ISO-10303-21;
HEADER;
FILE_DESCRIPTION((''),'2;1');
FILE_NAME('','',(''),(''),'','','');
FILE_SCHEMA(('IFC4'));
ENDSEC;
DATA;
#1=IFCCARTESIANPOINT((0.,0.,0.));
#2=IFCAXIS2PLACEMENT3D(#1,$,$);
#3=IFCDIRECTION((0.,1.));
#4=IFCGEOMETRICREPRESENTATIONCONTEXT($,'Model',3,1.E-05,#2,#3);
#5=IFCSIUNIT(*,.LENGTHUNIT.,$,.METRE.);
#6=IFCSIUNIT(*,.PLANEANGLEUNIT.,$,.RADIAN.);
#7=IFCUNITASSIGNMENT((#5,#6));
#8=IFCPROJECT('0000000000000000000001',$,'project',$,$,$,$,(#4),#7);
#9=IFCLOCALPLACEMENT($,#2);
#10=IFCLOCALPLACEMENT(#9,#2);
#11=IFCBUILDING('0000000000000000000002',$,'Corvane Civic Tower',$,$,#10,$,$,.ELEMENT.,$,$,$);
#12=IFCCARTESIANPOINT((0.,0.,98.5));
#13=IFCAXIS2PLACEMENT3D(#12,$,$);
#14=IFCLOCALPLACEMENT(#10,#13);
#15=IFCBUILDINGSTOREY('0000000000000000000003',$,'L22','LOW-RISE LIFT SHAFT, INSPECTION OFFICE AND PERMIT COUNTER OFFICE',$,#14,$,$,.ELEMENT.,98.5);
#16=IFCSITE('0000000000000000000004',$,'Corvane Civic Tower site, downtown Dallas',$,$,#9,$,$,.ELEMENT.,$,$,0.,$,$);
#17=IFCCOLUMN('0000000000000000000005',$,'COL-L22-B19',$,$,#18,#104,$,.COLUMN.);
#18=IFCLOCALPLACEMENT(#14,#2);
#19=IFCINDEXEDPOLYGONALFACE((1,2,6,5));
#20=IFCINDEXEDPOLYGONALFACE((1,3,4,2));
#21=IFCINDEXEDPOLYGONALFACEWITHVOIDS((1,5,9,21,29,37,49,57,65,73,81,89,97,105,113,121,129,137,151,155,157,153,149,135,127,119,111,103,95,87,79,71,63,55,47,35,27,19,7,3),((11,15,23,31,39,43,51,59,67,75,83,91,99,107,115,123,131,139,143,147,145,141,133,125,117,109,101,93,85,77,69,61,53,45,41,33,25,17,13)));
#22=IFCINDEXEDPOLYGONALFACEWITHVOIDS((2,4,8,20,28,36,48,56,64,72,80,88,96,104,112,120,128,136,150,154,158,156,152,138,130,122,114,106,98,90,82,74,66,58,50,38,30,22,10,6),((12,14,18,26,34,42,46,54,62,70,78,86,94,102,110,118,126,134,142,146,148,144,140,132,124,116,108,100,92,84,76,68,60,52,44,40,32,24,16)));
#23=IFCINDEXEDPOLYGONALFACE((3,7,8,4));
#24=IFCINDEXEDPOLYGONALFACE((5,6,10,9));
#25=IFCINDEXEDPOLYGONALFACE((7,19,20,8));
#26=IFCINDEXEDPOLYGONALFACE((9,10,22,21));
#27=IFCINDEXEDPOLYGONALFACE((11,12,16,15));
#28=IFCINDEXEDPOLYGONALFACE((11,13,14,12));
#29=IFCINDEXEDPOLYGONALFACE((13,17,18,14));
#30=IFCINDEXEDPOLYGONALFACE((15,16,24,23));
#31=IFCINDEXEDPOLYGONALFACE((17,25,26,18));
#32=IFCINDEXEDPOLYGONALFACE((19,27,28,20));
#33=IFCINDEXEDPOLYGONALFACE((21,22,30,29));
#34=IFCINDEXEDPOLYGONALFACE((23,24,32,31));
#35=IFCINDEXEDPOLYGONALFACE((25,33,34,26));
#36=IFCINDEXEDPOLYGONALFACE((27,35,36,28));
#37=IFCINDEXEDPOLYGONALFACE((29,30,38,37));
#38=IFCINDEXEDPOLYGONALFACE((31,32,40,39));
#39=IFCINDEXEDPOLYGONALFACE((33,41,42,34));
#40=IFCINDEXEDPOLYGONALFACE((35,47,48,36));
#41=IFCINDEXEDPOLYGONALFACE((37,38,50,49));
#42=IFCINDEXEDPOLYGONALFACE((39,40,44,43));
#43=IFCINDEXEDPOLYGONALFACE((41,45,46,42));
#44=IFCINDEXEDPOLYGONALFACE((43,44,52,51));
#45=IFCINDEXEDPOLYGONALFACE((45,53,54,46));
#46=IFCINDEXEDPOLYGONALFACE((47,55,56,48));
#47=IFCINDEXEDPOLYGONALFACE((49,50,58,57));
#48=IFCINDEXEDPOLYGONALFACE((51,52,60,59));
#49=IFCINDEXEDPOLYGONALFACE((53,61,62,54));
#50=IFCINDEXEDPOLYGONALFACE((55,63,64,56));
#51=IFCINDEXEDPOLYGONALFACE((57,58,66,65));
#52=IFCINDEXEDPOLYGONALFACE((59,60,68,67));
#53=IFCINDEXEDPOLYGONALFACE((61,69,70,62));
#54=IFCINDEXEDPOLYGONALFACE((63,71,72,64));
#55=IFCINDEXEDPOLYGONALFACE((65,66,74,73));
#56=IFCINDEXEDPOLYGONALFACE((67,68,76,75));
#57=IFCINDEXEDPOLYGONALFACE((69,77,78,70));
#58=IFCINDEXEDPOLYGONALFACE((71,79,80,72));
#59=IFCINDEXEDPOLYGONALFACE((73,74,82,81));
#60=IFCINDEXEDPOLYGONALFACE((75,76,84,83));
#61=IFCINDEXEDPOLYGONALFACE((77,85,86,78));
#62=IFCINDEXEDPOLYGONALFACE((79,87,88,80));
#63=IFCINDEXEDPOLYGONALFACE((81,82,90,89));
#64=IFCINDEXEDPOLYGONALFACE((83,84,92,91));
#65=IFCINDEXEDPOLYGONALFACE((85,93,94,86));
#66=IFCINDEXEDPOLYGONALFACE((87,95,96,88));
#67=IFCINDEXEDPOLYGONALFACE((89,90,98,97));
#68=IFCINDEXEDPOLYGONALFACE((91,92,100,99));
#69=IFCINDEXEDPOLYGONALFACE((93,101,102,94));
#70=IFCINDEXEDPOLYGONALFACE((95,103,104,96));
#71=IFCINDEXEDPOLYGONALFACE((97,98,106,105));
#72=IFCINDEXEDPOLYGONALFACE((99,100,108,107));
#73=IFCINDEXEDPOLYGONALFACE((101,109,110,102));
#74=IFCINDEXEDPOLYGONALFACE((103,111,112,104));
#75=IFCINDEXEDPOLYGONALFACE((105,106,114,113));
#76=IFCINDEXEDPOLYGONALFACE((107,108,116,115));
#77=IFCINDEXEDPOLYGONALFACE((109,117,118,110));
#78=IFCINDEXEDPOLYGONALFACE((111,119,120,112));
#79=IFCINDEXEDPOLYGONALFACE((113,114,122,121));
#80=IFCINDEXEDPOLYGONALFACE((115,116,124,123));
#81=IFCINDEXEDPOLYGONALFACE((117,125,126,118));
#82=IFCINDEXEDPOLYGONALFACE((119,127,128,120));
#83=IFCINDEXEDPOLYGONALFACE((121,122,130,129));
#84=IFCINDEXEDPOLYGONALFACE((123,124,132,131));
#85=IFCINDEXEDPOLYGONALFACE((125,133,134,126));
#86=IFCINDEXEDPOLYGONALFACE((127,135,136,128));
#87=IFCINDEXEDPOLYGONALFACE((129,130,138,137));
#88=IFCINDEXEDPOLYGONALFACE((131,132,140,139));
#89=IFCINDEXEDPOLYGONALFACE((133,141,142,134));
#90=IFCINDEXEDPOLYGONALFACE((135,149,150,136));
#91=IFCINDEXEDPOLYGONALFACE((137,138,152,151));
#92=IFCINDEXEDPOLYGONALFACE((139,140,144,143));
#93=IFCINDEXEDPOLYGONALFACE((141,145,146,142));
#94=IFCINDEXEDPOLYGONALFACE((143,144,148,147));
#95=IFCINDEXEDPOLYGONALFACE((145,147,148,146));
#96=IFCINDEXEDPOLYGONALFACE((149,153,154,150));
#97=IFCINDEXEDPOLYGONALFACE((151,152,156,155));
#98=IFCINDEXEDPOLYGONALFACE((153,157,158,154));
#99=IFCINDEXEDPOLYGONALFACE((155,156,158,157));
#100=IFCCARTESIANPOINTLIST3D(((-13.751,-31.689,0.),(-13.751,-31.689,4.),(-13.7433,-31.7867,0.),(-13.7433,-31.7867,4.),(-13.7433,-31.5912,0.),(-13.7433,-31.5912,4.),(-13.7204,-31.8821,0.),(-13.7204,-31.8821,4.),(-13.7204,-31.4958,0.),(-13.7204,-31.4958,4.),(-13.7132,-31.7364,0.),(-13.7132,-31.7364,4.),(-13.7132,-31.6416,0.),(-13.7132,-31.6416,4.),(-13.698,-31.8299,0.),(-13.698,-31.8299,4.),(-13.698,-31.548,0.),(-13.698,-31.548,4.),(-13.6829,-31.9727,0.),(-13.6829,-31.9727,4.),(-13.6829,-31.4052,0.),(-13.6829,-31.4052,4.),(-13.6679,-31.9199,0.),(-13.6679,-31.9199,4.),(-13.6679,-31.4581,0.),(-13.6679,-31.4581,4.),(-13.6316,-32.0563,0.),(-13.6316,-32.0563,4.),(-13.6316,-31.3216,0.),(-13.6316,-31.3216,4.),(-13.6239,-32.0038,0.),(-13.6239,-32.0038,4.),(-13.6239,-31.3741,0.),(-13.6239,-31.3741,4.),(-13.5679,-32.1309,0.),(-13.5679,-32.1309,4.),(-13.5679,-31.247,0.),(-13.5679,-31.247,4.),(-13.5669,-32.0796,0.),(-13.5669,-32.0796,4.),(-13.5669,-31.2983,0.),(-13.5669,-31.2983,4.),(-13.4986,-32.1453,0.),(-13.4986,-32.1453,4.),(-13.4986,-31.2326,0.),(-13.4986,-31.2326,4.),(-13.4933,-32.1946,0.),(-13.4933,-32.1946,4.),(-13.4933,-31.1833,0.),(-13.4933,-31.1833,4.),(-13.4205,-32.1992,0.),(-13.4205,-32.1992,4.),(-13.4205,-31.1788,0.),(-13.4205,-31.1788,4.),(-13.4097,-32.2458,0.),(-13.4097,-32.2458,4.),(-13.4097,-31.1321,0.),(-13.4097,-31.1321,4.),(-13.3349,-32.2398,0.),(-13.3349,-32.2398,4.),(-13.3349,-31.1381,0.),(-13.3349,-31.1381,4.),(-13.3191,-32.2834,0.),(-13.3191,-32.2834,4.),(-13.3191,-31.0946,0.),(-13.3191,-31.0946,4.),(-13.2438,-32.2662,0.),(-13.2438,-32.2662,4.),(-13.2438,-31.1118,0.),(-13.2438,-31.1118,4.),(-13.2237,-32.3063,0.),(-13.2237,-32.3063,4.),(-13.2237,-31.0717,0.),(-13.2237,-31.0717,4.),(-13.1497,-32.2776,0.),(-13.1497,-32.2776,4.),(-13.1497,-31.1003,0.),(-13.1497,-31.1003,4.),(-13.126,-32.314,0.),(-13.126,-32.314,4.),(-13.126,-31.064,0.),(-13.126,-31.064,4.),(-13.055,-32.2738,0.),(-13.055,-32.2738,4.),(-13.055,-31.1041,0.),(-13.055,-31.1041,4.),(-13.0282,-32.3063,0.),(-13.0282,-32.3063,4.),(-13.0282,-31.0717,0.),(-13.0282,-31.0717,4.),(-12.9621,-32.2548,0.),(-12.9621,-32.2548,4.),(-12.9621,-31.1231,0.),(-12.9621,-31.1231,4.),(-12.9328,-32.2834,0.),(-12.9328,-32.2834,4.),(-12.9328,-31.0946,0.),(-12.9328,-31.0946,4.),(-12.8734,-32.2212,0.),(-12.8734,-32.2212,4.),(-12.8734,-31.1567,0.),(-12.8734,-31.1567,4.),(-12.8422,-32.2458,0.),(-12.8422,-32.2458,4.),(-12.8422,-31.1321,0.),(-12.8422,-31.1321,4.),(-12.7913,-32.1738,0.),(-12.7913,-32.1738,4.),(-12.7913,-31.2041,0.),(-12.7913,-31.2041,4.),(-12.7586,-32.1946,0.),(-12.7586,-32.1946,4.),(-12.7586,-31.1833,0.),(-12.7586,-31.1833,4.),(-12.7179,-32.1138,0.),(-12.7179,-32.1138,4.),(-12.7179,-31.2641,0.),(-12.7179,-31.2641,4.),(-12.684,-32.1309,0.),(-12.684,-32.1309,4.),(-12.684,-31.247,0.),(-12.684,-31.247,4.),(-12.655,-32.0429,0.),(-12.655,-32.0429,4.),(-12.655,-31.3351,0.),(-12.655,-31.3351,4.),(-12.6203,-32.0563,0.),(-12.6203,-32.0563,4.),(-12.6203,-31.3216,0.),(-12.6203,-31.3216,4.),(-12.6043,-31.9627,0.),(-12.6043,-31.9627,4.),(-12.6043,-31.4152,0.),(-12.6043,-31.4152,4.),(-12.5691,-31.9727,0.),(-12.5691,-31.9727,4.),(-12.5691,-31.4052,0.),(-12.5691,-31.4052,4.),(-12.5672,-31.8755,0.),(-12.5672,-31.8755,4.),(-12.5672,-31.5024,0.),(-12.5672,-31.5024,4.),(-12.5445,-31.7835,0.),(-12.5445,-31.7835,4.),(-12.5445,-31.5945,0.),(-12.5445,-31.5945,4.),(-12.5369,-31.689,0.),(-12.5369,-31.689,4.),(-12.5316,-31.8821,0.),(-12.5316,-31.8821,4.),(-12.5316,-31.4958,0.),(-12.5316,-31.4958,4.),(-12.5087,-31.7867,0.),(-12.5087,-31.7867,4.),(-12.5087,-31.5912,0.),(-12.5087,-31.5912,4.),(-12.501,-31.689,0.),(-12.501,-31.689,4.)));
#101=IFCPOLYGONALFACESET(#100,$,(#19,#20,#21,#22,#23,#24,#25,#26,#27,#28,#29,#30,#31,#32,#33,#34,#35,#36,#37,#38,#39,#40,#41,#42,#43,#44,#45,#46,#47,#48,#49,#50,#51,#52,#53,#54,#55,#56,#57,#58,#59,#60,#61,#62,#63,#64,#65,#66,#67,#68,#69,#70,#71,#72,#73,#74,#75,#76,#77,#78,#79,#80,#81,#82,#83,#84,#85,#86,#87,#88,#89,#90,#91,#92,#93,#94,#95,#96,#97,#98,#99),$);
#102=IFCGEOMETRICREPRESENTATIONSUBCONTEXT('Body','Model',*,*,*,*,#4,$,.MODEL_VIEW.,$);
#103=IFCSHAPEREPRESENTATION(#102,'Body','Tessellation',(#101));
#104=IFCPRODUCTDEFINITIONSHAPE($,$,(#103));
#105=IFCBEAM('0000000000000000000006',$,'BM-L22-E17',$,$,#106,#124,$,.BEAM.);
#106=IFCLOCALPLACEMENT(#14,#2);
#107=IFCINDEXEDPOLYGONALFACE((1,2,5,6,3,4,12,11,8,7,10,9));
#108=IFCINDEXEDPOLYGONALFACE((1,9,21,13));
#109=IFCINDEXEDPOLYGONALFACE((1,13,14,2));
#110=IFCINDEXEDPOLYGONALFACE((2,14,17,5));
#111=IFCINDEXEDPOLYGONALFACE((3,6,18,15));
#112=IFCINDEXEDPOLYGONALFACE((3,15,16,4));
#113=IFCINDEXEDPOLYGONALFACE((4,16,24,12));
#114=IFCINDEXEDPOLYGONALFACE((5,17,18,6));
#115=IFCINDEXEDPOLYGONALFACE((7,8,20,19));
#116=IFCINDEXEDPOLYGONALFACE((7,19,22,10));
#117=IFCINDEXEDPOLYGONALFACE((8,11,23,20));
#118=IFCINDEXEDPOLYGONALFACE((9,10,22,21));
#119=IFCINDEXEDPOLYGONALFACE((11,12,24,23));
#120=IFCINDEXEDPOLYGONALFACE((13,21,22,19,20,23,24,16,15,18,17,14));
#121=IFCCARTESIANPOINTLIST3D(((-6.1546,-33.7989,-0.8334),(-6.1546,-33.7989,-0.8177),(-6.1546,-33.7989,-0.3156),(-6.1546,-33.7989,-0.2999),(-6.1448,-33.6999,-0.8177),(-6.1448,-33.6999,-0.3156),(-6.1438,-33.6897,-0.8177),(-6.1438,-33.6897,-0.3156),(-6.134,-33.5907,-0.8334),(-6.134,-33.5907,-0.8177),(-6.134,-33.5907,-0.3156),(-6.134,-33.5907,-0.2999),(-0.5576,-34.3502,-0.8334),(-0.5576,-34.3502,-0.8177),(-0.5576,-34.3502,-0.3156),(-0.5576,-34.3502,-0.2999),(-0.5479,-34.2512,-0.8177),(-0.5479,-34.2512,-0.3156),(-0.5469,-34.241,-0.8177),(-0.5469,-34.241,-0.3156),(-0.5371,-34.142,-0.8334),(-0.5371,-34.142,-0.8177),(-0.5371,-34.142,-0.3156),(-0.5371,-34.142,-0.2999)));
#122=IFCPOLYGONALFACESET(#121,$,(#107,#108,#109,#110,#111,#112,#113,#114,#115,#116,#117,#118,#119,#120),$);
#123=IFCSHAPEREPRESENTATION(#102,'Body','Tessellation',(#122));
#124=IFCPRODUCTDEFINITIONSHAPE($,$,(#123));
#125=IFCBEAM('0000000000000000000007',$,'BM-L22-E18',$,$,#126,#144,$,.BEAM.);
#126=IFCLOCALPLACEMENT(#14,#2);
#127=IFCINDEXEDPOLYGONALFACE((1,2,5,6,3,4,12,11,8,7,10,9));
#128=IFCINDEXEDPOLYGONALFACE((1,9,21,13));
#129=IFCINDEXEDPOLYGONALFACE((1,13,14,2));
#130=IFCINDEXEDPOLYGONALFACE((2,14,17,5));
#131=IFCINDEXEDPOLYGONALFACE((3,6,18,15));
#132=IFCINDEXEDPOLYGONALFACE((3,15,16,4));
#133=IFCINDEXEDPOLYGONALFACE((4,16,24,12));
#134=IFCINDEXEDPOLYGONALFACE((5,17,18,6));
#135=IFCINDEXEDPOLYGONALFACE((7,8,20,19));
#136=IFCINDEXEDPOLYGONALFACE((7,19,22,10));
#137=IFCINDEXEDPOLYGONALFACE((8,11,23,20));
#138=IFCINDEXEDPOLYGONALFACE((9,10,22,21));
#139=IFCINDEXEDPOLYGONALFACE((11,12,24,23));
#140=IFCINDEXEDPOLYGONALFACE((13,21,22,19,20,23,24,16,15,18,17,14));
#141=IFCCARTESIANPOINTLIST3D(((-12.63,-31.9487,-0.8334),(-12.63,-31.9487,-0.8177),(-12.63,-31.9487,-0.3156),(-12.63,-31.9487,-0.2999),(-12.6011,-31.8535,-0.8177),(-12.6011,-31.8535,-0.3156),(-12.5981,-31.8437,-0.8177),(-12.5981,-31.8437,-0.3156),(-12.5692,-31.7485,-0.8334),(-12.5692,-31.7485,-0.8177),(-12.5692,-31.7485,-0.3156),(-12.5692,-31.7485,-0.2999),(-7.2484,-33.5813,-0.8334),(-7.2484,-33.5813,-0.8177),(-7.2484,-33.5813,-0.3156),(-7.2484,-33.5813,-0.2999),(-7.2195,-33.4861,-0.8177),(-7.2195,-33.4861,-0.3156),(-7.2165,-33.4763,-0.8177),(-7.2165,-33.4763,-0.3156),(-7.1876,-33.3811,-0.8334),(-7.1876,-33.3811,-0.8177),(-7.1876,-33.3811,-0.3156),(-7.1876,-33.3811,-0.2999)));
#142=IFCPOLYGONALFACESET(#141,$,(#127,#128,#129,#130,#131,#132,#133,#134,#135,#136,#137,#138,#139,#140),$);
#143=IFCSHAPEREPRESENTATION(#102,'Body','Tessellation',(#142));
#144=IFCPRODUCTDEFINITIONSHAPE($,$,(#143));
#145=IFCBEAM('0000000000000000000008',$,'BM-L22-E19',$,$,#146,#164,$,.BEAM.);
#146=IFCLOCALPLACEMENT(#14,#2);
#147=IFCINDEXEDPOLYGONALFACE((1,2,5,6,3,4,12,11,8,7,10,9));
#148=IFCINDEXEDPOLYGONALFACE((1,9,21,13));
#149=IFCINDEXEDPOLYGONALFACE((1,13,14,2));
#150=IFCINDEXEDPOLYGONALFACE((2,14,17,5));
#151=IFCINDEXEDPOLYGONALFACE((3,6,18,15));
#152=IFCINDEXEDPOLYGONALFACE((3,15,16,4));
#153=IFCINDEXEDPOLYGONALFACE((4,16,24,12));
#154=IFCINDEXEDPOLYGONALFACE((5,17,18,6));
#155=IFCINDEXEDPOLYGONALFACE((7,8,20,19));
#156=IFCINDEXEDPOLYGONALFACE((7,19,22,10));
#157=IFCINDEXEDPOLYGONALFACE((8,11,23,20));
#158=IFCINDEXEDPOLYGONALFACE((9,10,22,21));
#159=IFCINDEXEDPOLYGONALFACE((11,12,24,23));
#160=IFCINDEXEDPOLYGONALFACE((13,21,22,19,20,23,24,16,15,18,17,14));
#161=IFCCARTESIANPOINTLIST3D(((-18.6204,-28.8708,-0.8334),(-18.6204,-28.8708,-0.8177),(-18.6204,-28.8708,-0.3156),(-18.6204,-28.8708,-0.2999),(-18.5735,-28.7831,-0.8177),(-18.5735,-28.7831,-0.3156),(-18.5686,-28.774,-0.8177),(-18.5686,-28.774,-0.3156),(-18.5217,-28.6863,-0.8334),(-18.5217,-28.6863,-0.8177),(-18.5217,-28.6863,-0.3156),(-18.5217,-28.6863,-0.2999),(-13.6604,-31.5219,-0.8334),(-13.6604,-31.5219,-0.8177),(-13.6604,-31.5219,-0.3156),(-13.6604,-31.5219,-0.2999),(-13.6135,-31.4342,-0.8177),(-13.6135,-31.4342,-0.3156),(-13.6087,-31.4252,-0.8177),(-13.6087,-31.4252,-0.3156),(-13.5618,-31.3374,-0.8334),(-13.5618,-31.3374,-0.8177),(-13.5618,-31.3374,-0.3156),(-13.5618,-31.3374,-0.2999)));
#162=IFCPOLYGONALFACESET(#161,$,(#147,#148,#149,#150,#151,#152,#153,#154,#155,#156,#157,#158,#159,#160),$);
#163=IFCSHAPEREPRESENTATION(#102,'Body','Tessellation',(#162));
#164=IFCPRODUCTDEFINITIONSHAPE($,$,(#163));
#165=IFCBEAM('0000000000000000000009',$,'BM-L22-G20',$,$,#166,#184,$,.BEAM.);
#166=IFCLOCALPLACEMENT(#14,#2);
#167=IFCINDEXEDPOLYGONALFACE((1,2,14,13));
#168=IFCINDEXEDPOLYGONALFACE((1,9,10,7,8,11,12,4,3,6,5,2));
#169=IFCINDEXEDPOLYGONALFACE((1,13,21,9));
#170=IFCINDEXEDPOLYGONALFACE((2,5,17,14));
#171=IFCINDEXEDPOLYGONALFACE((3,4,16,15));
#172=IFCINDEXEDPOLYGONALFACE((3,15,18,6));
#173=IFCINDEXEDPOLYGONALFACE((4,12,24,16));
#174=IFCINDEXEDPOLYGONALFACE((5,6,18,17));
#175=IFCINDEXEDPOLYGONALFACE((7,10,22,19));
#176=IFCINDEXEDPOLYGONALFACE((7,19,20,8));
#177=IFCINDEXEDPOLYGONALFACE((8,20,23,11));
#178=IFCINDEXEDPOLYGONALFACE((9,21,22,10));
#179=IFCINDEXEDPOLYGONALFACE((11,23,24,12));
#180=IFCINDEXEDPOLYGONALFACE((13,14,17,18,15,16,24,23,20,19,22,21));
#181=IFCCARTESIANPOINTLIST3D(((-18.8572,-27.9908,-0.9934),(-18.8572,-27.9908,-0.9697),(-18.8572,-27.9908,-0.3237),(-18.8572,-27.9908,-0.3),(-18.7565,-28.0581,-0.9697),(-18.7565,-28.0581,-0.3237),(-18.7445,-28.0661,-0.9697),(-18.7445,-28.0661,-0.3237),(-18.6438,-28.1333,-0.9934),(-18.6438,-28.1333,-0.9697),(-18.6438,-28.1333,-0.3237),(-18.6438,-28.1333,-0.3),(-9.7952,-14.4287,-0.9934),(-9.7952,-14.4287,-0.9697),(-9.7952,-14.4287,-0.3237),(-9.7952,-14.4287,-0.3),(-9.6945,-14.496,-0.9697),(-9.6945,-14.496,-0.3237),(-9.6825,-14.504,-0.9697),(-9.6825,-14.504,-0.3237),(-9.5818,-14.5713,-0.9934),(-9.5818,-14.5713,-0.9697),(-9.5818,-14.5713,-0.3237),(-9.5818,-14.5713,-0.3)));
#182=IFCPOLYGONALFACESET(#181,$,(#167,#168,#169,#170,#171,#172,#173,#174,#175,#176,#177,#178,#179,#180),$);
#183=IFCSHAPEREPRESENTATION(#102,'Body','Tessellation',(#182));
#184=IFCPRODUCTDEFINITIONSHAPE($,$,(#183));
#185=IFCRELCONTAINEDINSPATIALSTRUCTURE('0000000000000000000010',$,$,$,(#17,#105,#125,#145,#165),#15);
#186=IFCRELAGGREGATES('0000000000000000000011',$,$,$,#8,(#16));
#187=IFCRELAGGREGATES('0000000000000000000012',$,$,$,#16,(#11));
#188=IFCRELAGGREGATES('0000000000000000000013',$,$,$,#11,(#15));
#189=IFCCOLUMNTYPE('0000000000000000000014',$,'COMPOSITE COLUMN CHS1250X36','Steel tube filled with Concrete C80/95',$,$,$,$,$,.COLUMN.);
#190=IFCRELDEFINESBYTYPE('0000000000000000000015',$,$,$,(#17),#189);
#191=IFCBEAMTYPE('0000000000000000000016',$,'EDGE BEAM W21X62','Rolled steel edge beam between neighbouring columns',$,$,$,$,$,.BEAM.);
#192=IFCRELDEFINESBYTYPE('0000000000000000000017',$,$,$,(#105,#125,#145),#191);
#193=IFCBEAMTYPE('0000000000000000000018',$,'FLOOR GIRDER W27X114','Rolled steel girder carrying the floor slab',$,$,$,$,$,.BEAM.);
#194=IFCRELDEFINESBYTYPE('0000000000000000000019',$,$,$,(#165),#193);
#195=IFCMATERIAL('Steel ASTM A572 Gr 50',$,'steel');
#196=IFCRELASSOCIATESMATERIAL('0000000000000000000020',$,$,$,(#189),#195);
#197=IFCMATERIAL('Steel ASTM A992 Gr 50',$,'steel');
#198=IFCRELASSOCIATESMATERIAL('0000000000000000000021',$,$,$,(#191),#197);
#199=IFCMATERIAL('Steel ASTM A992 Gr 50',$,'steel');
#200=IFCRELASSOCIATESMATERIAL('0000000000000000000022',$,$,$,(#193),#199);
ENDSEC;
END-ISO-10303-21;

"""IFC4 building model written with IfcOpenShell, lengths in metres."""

from ifc_helpers import new_model, si_unit, direction, frame, origin, origin_2d, place, context, subcontext, project, spatial, hollow_circle, i_section, extrude, material, material_profile, profile_set, type_object, element, save


model = new_model("IFC4")

# Units and contexts
model_context = context("Model", 3, precision=1e-05, world=origin(), true_north=direction((0.0, 1.0)))
body_context = subcontext(model_context, "Body", "Model", "MODEL_VIEW")
ifc_project = project(units=[si_unit("LENGTHUNIT", "METRE"), si_unit("PLANEANGLEUNIT", "RADIAN")], contexts=[model_context])

# Site, building, storey
site_placement = place(None, origin())
site = spatial("IfcSite", under=ifc_project, at=site_placement, Name="Corvane Civic Tower site, downtown Dallas", CompositionType="ELEMENT", RefElevation=0.0)
building_placement = place(site_placement, origin())
building = spatial("IfcBuilding", under=site, at=building_placement, Name="Corvane Civic Tower", CompositionType="ELEMENT")
storey_placement = place(building_placement, frame((0.0, 0.0, 98.5)))
storey = spatial("IfcBuildingStorey", under=building, at=storey_placement, Name="L22", Description="LOW-RISE LIFT SHAFT, INSPECTION OFFICE AND PERMIT COUNTER OFFICE", CompositionType="ELEMENT", Elevation=98.5)

# Column
ifc_material_1 = material(Name="Steel ASTM A572 Gr 50", Category="steel")
ifc_material_profile_1 = material_profile(ifc_material_1, hollow_circle(Radius=0.625, WallThickness=0.0359, at=origin_2d()), Name="CHS1250X36")
ifc_profile_set_1 = profile_set([ifc_material_profile_1], Name="Steel ASTM A572 Gr 50")
column_type = type_object("IfcColumnType", Name="COMPOSITE COLUMN CHS1250X36", Description="Steel tube filled with Concrete C80/95", PredefinedType="COLUMN", material=ifc_profile_set_1)
for number, where, z_axis, x_axis, name in (
    (1, (-13.126, -31.689, 0.0), (0.0, 0.0, 1.0), (1.0, 0.0, 0.0), "COL-L22-B19"),
):
    element("IfcColumn", number, at=place(storey_placement, frame(where, z_axis=z_axis, x_axis=x_axis)), inside=storey, type_object=column_type, Name=name, PredefinedType="COLUMN", context=body_context, shape_type="SweptSolid", body=[
        extrude(hollow_circle(Radius=0.625, WallThickness=0.0359, at=origin_2d()), origin(), (0.0, 0.0, 1.0), 4.0),
    ])

# Beams
ifc_material_2 = material(Name="Steel ASTM A992 Gr 50", Category="steel")
ifc_material_profile_2 = material_profile(ifc_material_2, i_section(OverallWidth=0.2092, OverallDepth=0.5334, WebThickness=0.0103, FlangeThickness=0.0156, at=origin_2d()), Name="W21X62")
ifc_profile_set_2 = profile_set([ifc_material_profile_2], Name="Steel ASTM A992 Gr 50")
beam_type_1 = type_object("IfcBeamType", Name="EDGE BEAM W21X62", Description="Rolled steel edge beam between neighbouring columns", PredefinedType="BEAM", material=ifc_profile_set_2)
beam_1_placement = place(storey_placement, frame((-0.5474, -34.2461, -0.5667), z_axis=(-0.995184, 0.098021, 0.0), x_axis=(-0.098021, -0.995184, 0.0)))
element("IfcBeam", 2, at=beam_1_placement, inside=storey, type_object=beam_type_1, Name="BM-L22-E17", PredefinedType="BEAM", context=body_context, shape_type="SweptSolid", body=[
    extrude(i_section(OverallWidth=0.2092, OverallDepth=0.5334, WebThickness=0.0103, FlangeThickness=0.0156, at=origin_2d()), origin(), (0.0, 0.0, 1.0), 5.624),
])
beam_2_placement = place(storey_placement, frame((-7.218, -33.4812, -0.5667), z_axis=(-0.956936, 0.290298, 0.0), x_axis=(-0.290298, -0.956936, 0.0)))
element("IfcBeam", 3, at=beam_2_placement, inside=storey, type_object=beam_type_1, Name="BM-L22-E18", PredefinedType="BEAM", context=body_context, shape_type="SweptSolid", body=[
    extrude(i_section(OverallWidth=0.2092, OverallDepth=0.5334, WebThickness=0.0103, FlangeThickness=0.0156, at=origin_2d()), origin(), (0.0, 0.0, 1.0), 5.6238),
])
beam_3_placement = place(storey_placement, frame((-13.6111, -31.4297, -0.5667), z_axis=(-0.881924, 0.471392, 0.0), x_axis=(-0.471392, -0.881924, 0.0)))
element("IfcBeam", 4, at=beam_3_placement, inside=storey, type_object=beam_type_1, Name="BM-L22-E19", PredefinedType="BEAM", context=body_context, shape_type="SweptSolid", body=[
    extrude(i_section(OverallWidth=0.2092, OverallDepth=0.5334, WebThickness=0.0103, FlangeThickness=0.0156, at=origin_2d()), origin(), (0.0, 0.0, 1.0), 5.624),
])
ifc_material_3 = material(Name="Steel ASTM A992 Gr 50", Category="steel")
ifc_material_profile_3 = material_profile(ifc_material_3, i_section(OverallWidth=0.2566, OverallDepth=0.6934, WebThickness=0.0144, FlangeThickness=0.0237, at=origin_2d()), Name="W27X114")
ifc_profile_set_3 = profile_set([ifc_material_profile_3], Name="Steel ASTM A992 Gr 50")
beam_type_2 = type_object("IfcBeamType", Name="FLOOR GIRDER W27X114", Description="Rolled steel girder carrying the floor slab", PredefinedType="BEAM", material=ifc_profile_set_3)
beam_4_placement = place(storey_placement, frame((-9.6885, -14.5, -0.6467), z_axis=(-0.555577, -0.831465, 0.0), x_axis=(0.831465, -0.555577, 0.0)))
element("IfcBeam", 5, at=beam_4_placement, inside=storey, type_object=beam_type_2, Name="BM-L22-G20", PredefinedType="BEAM", context=body_context, shape_type="SweptSolid", body=[
    extrude(i_section(OverallWidth=0.2566, OverallDepth=0.6934, WebThickness=0.0144, FlangeThickness=0.0237, at=origin_2d()), origin(), (0.0, 0.0, 1.0), 16.311),
])

save(model, "model.ifc")
